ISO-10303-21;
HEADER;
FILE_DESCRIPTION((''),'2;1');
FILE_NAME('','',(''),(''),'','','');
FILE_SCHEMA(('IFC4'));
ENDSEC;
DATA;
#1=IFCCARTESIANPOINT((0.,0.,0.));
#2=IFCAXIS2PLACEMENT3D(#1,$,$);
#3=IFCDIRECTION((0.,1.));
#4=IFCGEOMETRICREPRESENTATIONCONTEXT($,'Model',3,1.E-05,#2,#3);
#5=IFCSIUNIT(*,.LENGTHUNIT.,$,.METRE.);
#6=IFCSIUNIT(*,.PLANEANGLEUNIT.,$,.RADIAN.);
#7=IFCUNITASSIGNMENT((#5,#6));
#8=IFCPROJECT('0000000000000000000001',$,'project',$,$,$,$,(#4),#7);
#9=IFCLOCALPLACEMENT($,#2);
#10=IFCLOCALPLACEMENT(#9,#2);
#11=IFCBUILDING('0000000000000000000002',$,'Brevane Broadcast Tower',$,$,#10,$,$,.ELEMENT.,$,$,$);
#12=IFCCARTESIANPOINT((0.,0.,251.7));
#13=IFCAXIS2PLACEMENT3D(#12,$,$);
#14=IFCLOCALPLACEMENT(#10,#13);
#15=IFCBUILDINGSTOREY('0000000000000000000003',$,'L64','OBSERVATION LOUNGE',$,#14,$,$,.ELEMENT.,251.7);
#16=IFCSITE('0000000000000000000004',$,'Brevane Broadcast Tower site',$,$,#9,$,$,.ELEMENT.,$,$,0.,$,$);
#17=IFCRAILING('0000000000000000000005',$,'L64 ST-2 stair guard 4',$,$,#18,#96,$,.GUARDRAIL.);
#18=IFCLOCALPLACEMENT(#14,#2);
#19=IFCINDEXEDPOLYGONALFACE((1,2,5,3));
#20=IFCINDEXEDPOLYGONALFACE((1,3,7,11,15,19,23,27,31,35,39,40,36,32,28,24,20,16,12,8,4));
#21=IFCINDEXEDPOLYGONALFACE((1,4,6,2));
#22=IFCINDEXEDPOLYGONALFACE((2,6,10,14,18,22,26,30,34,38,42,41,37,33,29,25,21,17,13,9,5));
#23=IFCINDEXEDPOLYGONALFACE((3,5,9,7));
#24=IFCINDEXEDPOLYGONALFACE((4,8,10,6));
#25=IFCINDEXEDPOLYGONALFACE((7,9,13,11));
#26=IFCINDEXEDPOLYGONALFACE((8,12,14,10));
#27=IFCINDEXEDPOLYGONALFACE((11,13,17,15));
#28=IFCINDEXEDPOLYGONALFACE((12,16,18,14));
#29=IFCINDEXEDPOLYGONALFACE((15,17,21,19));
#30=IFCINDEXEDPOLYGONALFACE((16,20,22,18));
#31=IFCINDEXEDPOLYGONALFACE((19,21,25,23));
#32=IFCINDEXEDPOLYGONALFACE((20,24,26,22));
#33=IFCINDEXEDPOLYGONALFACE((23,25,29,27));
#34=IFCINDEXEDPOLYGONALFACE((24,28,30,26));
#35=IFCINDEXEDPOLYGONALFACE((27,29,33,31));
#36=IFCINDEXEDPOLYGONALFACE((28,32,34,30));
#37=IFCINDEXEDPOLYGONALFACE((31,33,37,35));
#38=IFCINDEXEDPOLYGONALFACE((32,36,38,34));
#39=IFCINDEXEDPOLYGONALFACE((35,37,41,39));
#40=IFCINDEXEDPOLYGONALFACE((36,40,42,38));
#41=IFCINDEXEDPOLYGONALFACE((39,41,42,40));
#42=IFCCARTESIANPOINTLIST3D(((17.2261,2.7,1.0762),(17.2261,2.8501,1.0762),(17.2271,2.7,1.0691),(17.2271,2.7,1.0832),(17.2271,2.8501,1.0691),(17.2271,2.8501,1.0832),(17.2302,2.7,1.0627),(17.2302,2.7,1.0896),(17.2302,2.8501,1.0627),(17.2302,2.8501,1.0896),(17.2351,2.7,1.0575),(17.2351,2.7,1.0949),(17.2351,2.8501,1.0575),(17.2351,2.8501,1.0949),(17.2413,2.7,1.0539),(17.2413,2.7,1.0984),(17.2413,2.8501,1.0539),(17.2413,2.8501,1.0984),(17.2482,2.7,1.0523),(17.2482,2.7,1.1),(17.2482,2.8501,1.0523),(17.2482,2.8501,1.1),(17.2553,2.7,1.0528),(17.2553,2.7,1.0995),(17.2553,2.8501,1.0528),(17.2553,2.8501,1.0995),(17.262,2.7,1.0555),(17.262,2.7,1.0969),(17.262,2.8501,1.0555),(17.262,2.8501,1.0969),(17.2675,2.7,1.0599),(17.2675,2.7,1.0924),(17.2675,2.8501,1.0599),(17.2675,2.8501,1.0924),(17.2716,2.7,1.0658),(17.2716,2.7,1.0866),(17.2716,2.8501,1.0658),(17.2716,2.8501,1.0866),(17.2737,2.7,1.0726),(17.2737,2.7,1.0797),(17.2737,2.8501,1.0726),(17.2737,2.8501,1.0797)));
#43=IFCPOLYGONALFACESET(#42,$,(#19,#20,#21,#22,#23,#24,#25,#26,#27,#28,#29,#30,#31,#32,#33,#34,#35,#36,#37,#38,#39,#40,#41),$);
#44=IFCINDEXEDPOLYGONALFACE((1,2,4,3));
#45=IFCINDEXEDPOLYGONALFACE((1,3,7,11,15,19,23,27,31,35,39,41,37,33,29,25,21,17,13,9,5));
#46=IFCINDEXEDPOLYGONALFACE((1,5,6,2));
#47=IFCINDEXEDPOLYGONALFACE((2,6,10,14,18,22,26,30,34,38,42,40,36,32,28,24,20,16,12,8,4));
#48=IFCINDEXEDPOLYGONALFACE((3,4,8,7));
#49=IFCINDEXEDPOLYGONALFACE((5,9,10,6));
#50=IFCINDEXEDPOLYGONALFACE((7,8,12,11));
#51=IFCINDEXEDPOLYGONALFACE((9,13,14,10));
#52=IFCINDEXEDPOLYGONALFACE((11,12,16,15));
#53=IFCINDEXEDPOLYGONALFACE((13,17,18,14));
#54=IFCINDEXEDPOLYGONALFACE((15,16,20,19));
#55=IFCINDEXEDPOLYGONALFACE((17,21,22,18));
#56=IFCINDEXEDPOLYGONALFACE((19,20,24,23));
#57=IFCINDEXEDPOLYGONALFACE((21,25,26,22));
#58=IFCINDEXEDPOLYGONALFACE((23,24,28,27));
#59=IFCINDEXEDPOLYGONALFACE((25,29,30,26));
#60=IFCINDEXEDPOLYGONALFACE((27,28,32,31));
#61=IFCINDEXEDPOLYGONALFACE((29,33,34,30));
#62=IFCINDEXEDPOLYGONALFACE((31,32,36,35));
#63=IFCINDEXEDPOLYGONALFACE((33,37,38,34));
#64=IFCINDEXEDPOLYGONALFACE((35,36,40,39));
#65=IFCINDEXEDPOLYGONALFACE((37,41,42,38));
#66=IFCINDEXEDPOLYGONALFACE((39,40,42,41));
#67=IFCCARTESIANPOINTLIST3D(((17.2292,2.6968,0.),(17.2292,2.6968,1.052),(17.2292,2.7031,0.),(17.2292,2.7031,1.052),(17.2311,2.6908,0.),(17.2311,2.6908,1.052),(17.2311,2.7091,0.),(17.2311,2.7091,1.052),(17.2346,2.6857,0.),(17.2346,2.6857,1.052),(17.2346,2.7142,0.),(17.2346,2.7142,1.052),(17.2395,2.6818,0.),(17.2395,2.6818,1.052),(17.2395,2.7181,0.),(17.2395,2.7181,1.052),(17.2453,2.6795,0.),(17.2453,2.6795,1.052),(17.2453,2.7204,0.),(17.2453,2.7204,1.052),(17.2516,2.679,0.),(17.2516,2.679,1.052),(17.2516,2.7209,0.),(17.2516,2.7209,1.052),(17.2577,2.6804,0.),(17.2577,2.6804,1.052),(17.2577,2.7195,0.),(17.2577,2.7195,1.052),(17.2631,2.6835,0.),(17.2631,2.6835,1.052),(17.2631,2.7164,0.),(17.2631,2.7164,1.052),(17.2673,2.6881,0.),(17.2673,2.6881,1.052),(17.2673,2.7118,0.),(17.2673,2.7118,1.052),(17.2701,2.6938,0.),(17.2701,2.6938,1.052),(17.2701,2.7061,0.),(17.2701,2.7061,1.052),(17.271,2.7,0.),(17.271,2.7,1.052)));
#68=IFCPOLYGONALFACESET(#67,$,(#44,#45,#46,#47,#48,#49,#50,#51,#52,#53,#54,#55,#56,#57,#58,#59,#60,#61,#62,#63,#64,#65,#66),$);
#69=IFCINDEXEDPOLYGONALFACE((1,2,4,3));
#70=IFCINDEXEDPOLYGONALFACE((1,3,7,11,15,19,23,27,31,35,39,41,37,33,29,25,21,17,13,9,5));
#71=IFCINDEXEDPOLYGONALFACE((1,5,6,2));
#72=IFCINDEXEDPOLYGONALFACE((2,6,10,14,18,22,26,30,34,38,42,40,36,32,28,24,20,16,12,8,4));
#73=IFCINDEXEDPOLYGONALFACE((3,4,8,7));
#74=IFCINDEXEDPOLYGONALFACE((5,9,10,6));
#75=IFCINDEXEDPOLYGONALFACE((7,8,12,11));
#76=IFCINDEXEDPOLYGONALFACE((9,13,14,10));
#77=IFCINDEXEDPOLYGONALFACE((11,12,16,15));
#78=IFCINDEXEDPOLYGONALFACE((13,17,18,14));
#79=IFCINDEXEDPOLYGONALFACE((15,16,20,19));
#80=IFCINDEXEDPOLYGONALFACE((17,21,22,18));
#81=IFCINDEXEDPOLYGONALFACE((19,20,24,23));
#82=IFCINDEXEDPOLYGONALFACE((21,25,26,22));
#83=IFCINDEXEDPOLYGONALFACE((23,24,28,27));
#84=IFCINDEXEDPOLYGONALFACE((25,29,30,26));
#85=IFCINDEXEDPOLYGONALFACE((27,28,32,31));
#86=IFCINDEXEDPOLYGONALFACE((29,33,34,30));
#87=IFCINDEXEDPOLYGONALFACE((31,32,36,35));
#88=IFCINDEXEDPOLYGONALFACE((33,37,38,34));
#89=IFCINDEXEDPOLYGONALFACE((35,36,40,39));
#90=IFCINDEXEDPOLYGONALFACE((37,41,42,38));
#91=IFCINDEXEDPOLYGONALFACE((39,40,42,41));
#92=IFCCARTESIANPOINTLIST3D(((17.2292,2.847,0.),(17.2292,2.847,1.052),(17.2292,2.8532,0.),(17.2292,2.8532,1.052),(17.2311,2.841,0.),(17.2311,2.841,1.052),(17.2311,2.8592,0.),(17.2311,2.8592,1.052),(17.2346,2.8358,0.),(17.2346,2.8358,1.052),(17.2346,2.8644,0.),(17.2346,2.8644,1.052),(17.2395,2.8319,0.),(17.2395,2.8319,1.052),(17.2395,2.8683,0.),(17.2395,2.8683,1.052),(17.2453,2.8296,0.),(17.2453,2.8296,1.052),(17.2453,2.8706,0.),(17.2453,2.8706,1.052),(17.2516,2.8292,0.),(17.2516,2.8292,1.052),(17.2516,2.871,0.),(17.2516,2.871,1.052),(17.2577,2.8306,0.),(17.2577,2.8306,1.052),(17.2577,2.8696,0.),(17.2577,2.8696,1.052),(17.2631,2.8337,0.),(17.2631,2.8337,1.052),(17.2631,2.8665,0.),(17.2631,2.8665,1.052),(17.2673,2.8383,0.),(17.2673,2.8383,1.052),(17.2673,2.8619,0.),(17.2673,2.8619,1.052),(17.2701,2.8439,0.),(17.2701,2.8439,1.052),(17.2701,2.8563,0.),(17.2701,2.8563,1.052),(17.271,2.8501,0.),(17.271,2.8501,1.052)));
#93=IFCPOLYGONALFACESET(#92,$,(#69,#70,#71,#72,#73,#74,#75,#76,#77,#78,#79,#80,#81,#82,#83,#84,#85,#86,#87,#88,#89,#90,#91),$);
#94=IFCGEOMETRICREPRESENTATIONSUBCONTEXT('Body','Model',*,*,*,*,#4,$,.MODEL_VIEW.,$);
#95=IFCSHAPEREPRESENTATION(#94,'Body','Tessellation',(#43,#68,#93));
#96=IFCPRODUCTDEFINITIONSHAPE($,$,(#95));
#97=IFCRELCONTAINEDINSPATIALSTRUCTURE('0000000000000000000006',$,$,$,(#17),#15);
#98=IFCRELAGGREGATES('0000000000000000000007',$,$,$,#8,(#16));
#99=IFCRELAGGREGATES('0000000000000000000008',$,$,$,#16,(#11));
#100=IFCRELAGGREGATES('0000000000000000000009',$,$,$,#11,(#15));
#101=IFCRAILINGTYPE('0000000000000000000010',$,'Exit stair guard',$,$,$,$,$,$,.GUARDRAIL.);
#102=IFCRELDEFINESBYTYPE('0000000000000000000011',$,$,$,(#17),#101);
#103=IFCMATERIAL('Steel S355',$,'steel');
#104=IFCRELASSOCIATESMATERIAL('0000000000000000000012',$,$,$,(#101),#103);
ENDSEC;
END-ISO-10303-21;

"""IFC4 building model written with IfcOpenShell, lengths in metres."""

from ifc_helpers import new_model, si_unit, direction, frame, origin, origin_2d, place, context, subcontext, project, spatial, circle, extrude, material, type_object, element, save


model = new_model("IFC4")

# Units and contexts
model_context = context("Model", 3, precision=1e-05, world=origin(), true_north=direction((0.0, 1.0)))
body_context = subcontext(model_context, "Body", "Model", "MODEL_VIEW")
ifc_project = project(units=[si_unit("LENGTHUNIT", "METRE"), si_unit("PLANEANGLEUNIT", "RADIAN")], contexts=[model_context])

# Site, building, storey
site_placement = place(None, origin())
site = spatial("IfcSite", under=ifc_project, at=site_placement, Name="Brevane Broadcast Tower site", CompositionType="ELEMENT", RefElevation=0.0)
building_placement = place(site_placement, origin())
building = spatial("IfcBuilding", under=site, at=building_placement, Name="Brevane Broadcast Tower", CompositionType="ELEMENT")
storey_placement = place(building_placement, frame((0.0, 0.0, 251.7)))
storey = spatial("IfcBuildingStorey", under=building, at=storey_placement, Name="L64", Description="OBSERVATION LOUNGE", CompositionType="ELEMENT", Elevation=251.7)

# Railing
ifc_material_1 = material(Name="Steel S355", Category="steel")
railing_type_1 = type_object("IfcRailingType", Name="Exit stair guard", PredefinedType="GUARDRAIL", material=ifc_material_1)
railing_1_placement = place(storey_placement, frame((17.25, 2.7, 0.0)))
element("IfcRailing", 1, at=railing_1_placement, inside=storey, type_object=railing_type_1, Name="L64 ST-2 stair guard 4", PredefinedType="GUARDRAIL", context=body_context, shape_type="SweptSolid", body=[
    extrude(circle(Radius=0.0239, at=origin_2d()), frame((0.0, 0.0, 1.0762), z_axis=(0.0, 1.0, 0.0), x_axis=(-1.0, 0.0, 0.0)), (0.0, 0.0, 1.0), 0.1501),
    extrude(circle(Radius=0.021, at=origin_2d()), origin(), (0.0, 0.0, 1.0), 1.052),
    extrude(circle(Radius=0.021, at=origin_2d()), frame((0.0, 0.1501, 0.0)), (0.0, 0.0, 1.0), 1.052),
])

save(model, "model.ifc")
